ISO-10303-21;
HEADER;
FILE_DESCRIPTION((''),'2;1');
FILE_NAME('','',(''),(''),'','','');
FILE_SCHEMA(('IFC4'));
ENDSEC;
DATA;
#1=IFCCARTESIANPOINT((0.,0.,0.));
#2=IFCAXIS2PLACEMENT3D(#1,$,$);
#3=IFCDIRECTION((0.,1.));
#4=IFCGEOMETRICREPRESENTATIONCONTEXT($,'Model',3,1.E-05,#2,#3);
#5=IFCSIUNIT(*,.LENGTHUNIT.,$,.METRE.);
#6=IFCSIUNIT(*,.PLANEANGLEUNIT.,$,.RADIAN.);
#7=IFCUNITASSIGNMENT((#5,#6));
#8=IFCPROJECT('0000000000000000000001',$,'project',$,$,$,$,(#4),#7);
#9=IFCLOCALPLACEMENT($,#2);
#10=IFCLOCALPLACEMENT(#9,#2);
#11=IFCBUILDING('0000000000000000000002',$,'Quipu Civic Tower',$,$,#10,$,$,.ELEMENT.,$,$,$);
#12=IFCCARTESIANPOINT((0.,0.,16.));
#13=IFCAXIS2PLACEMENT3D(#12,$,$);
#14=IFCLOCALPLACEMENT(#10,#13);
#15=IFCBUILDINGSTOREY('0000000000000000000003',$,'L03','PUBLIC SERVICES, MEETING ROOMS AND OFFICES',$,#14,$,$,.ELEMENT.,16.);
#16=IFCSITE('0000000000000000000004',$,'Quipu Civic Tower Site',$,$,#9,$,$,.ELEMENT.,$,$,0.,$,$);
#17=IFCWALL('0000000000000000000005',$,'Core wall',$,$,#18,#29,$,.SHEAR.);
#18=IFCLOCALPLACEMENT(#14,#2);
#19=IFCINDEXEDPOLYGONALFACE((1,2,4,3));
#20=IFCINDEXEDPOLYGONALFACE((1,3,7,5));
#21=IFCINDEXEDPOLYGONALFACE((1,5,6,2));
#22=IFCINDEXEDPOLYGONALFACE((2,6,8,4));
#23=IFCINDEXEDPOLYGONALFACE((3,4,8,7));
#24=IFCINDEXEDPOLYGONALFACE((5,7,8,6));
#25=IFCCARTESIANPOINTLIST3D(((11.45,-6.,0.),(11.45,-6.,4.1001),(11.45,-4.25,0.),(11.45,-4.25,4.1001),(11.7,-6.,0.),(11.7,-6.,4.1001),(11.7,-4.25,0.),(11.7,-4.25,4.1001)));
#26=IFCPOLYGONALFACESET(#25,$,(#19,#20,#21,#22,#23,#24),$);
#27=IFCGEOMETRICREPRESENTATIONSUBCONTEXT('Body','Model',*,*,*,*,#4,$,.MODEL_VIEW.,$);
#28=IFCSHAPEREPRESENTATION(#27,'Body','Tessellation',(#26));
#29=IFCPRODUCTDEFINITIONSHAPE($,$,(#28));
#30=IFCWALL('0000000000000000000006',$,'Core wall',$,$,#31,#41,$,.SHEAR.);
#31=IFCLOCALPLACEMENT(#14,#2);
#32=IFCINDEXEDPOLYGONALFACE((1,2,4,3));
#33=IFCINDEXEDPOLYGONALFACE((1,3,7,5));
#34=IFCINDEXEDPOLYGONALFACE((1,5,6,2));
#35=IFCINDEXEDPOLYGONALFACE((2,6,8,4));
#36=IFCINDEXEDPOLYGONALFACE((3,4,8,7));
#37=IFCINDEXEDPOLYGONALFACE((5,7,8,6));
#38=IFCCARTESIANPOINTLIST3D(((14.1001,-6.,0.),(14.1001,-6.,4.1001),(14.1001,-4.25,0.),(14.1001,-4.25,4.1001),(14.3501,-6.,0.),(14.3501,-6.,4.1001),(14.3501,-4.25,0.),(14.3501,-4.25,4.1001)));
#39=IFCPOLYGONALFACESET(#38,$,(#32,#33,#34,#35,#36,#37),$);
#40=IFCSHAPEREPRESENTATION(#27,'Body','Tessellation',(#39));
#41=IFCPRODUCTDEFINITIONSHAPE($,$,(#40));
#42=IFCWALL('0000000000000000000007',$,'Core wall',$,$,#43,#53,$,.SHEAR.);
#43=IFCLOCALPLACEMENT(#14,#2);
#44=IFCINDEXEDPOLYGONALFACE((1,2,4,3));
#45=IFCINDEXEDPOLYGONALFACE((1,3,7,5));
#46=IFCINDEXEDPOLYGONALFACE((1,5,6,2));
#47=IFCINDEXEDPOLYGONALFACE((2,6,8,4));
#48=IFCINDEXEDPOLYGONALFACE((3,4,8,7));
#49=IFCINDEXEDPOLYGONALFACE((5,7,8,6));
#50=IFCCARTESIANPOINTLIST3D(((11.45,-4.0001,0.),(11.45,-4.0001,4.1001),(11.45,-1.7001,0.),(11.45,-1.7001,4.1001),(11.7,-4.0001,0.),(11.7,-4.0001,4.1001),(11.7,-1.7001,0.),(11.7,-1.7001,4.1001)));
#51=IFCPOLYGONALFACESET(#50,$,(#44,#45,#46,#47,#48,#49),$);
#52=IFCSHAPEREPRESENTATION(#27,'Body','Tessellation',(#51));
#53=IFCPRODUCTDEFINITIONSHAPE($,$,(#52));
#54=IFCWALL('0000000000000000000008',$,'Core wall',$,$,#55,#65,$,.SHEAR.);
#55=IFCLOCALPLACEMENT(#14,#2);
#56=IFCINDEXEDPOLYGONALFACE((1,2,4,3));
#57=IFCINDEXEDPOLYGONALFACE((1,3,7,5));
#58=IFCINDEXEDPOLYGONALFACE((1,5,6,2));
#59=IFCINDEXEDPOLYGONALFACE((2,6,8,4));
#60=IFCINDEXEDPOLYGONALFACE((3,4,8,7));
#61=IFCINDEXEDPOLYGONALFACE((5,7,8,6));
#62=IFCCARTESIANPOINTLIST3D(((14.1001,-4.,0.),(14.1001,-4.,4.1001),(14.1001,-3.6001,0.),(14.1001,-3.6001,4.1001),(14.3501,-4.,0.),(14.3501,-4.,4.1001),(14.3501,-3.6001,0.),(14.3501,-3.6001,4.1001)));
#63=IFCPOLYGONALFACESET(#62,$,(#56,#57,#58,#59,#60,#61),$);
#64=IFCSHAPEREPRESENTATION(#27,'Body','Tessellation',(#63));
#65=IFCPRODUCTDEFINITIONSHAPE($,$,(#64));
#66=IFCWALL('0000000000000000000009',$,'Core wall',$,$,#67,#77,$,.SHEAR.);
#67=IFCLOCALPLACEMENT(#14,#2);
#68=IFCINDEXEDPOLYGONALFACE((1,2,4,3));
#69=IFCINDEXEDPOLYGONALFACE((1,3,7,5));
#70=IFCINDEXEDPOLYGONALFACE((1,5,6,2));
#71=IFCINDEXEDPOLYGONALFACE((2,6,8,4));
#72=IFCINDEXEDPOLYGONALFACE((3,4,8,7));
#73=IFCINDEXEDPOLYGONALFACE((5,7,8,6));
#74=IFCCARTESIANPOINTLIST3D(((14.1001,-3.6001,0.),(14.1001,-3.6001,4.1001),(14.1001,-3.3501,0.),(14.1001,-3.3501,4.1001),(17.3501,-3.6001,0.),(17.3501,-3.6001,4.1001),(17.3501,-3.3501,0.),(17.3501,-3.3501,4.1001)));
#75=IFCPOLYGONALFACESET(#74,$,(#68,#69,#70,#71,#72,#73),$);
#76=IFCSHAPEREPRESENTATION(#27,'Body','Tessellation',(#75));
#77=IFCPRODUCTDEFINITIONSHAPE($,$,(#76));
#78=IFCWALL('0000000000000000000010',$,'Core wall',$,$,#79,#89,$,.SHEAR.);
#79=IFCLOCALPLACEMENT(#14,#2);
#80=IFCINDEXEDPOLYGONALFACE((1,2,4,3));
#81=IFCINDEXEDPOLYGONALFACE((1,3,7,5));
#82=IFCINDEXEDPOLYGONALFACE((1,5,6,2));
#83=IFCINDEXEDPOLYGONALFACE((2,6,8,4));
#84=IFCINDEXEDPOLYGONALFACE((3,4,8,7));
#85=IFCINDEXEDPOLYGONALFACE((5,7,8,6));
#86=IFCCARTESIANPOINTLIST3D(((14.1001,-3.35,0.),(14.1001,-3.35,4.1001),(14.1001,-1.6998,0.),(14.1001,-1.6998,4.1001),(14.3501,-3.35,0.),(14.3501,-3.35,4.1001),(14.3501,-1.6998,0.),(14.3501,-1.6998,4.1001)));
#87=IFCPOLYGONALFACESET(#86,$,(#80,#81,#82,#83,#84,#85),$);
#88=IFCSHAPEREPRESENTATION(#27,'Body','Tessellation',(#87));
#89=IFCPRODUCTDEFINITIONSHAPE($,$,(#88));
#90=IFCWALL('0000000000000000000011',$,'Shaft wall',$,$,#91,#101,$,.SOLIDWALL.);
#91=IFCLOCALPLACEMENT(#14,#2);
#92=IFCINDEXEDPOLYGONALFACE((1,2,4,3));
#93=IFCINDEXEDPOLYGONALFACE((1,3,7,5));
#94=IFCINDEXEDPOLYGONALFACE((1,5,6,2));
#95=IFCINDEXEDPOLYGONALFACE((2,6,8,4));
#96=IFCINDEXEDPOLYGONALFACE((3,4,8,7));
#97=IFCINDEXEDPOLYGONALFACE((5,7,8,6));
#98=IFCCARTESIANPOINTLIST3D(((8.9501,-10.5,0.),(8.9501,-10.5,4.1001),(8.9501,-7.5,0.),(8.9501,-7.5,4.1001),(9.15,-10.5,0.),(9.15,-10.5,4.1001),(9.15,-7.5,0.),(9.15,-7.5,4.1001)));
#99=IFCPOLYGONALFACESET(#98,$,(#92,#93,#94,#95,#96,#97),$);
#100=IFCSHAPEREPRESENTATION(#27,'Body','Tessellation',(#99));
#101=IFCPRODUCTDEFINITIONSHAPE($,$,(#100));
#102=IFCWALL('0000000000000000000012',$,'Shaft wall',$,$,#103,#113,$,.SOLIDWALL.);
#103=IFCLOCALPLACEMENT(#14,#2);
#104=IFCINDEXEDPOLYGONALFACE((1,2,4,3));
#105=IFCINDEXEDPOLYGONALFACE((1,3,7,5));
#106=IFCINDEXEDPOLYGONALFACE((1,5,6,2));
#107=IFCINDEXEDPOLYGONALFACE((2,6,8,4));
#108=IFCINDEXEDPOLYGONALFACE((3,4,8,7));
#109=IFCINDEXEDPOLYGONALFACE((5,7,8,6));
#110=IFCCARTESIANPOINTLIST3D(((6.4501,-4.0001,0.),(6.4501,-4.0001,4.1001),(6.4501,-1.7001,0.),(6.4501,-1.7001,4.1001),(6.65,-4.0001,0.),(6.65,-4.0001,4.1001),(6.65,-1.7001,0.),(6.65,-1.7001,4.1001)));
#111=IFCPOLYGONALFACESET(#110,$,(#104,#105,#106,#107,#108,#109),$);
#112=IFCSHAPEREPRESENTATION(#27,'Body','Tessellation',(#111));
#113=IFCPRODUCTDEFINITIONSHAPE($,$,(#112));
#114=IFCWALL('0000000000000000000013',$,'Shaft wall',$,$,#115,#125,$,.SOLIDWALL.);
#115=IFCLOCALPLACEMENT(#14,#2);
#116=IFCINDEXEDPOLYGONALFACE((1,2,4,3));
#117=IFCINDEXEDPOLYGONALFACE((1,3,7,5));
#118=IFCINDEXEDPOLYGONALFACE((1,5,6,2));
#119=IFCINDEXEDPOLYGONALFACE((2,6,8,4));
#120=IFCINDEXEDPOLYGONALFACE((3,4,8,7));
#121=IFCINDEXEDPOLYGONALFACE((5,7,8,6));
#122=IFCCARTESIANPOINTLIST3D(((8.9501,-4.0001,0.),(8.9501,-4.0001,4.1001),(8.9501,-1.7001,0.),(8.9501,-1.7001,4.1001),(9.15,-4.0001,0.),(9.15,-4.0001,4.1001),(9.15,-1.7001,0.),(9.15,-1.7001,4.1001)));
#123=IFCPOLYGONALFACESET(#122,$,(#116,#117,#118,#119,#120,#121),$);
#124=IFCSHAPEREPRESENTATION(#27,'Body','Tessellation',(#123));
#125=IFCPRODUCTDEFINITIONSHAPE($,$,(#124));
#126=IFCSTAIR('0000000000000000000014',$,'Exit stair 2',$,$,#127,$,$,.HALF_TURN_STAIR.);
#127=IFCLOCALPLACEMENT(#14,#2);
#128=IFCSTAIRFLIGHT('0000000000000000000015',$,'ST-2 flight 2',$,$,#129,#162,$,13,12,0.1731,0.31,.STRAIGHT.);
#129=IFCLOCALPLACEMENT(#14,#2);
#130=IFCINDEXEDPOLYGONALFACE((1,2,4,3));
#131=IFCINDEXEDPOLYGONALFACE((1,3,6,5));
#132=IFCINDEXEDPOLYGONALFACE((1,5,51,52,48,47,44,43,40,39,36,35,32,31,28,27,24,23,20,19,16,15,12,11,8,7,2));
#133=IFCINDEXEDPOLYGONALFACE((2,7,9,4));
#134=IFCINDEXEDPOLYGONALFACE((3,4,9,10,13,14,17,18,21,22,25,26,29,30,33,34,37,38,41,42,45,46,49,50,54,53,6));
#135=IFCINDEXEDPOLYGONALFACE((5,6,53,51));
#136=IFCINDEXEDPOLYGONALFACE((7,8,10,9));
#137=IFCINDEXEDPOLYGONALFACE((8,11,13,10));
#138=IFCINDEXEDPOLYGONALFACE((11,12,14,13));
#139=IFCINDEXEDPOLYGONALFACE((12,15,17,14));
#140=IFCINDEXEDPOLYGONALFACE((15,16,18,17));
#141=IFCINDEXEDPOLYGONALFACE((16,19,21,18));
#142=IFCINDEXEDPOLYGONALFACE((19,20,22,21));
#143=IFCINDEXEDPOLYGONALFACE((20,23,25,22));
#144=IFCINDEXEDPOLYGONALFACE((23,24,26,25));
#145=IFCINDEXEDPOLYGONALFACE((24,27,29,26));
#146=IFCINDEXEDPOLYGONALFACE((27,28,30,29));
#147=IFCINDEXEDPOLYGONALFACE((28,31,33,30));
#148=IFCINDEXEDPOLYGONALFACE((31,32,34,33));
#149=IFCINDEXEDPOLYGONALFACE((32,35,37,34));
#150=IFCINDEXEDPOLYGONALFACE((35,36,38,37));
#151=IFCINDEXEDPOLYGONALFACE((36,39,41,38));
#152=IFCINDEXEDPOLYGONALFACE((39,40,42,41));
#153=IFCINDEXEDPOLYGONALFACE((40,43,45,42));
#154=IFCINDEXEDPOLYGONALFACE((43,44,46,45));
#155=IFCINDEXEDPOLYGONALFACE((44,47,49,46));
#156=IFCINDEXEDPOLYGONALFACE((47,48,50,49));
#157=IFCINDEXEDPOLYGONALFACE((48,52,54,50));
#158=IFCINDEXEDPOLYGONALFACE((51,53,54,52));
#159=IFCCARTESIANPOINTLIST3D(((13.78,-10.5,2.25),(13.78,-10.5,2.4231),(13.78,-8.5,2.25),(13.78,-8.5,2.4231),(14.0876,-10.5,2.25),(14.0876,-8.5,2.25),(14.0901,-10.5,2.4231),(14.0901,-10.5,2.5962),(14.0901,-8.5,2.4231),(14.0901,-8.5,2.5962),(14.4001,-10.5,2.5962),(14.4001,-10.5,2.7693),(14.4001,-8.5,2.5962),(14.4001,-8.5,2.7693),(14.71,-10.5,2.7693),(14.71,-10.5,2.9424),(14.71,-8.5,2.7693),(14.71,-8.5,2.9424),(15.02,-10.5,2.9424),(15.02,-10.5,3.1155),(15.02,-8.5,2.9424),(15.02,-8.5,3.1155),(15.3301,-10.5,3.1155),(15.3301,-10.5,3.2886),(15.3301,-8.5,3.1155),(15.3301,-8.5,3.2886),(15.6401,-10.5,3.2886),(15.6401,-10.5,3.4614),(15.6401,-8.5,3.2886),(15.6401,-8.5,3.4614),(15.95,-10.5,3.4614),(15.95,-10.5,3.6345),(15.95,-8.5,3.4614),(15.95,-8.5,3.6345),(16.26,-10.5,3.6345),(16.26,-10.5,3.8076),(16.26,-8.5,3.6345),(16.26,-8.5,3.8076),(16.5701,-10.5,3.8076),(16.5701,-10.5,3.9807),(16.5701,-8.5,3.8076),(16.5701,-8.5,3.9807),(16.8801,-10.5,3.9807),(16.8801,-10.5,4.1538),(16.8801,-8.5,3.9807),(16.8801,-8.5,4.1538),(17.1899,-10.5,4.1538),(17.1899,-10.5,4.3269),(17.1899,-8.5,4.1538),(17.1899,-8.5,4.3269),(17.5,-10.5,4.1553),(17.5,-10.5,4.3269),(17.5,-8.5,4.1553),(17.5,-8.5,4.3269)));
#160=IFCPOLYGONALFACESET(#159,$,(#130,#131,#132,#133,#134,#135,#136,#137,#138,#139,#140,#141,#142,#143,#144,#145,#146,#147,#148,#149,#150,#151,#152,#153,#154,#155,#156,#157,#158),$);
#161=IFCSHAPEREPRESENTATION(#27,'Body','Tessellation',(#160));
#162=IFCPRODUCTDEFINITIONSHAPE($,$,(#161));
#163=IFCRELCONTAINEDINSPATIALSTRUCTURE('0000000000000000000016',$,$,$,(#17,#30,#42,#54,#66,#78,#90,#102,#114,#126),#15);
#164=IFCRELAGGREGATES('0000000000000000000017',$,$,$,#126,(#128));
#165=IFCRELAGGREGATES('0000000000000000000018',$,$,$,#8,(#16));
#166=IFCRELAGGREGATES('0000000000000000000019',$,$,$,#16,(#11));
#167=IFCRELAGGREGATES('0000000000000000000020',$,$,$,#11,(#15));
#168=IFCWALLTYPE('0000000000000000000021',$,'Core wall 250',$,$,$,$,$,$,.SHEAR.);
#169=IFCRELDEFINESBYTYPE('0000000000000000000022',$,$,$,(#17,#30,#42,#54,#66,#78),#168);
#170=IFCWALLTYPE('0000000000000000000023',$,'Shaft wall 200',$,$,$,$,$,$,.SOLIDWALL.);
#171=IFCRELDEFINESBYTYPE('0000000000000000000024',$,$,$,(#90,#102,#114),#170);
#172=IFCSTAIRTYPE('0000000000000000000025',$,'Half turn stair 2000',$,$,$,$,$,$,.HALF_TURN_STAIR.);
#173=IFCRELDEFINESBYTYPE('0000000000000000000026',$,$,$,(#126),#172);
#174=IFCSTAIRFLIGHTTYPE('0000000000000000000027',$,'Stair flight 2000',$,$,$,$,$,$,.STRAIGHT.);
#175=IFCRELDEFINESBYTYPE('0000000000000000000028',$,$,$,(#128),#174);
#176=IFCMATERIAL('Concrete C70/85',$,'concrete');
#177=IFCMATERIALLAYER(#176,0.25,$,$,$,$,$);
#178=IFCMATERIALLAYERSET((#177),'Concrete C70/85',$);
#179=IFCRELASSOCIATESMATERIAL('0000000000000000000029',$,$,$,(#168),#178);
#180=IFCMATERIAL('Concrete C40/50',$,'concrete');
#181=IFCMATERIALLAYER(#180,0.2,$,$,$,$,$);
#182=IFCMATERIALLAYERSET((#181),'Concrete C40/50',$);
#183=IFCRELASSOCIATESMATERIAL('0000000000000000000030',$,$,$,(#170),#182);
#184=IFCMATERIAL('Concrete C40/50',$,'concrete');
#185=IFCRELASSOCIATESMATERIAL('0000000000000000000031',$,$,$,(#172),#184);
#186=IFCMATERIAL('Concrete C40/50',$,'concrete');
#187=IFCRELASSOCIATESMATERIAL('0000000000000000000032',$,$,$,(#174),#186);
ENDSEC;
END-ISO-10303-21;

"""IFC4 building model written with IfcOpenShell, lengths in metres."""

from ifc_helpers import new_model, si_unit, direction, frame, frame_2d, origin, place, context, subcontext, project, spatial, polyline, rectangle, outline, extrude, material, layer, layer_set, type_object, element, aggregate, save


model = new_model("IFC4")

# Units and contexts
model_context = context("Model", 3, precision=1e-05, world=origin(), true_north=direction((0.0, 1.0)))
body_context = subcontext(model_context, "Body", "Model", "MODEL_VIEW")
ifc_project = project(units=[si_unit("LENGTHUNIT", "METRE"), si_unit("PLANEANGLEUNIT", "RADIAN")], contexts=[model_context])

# Site, building, storey
site_placement = place(None, origin())
site = spatial("IfcSite", under=ifc_project, at=site_placement, Name="Quipu Civic Tower Site", CompositionType="ELEMENT", RefElevation=0.0)
building_placement = place(site_placement, origin())
building = spatial("IfcBuilding", under=site, at=building_placement, Name="Quipu Civic Tower", CompositionType="ELEMENT")
storey_placement = place(building_placement, frame((0.0, 0.0, 16.0)))
storey = spatial("IfcBuildingStorey", under=building, at=storey_placement, Name="L03", Description="PUBLIC SERVICES, MEETING ROOMS AND OFFICES", CompositionType="ELEMENT", Elevation=16.0)

# Shared definitions
ifc_material_1 = material(Name="Concrete C70/85", Category="concrete")
ifc_layer_1 = layer(ifc_material_1, 0.25)
ifc_layer_set_1 = layer_set([ifc_layer_1], Name="Concrete C70/85")
wall_type_1 = type_object("IfcWallType", Name="Core wall 250", PredefinedType="SHEAR", material=ifc_layer_set_1)

# Walls
for number, where, z_axis, x_axis, name in (
    (1, (11.575, -6.0, 0.0), (0.0, 0.0, 1.0), (0.0, 1.0, 0.0), "Core wall"),
    (2, (14.2251, -6.0, 0.0), (0.0, 0.0, 1.0), (0.0, 1.0, 0.0), "Core wall"),
):
    element("IfcWall", number, at=place(storey_placement, frame(where, z_axis=z_axis, x_axis=x_axis)), inside=storey, type_object=wall_type_1, Name=name, PredefinedType="SHEAR", context=body_context, shape_type="SweptSolid", body=[
        extrude(rectangle(XDim=1.75, YDim=0.25, at=frame_2d((0.875, 0.0))), origin(), (0.0, 0.0, 1.0), 4.1001),
    ])
wall_1_placement = place(storey_placement, frame((11.575, -4.0, 0.0), z_axis=(0.0, 0.0, 1.0), x_axis=(0.0, 1.0, 0.0)))
element("IfcWall", 3, at=wall_1_placement, inside=storey, type_object=wall_type_1, Name="Core wall", PredefinedType="SHEAR", context=body_context, shape_type="SweptSolid", body=[
    extrude(rectangle(XDim=2.3, YDim=0.25, at=frame_2d((1.1499, 0.0))), origin(), (0.0, 0.0, 1.0), 4.1001),
])
wall_2_placement = place(storey_placement, frame((14.2251, -4.0, 0.0), z_axis=(0.0, 0.0, 1.0), x_axis=(0.0, 1.0, 0.0)))
element("IfcWall", 4, at=wall_2_placement, inside=storey, type_object=wall_type_1, Name="Core wall", PredefinedType="SHEAR", context=body_context, shape_type="SweptSolid", body=[
    extrude(rectangle(XDim=0.3999, YDim=0.25, at=frame_2d((0.2, 0.0))), origin(), (0.0, 0.0, 1.0), 4.1001),
])
wall_3_placement = place(storey_placement, frame((14.1001, -3.4751, 0.0), z_axis=(0.0, 0.0, 1.0), x_axis=(1.0, 0.0, 0.0)))
element("IfcWall", 5, at=wall_3_placement, inside=storey, type_object=wall_type_1, Name="Core wall", PredefinedType="SHEAR", context=body_context, shape_type="SweptSolid", body=[
    extrude(rectangle(XDim=3.25, YDim=0.25, at=frame_2d((1.625, 0.0))), origin(), (0.0, 0.0, 1.0), 4.1001),
])
wall_4_placement = place(storey_placement, frame((14.2251, -3.3501, 0.0), z_axis=(0.0, 0.0, 1.0), x_axis=(0.0, 1.0, 0.0)))
element("IfcWall", 6, at=wall_4_placement, inside=storey, type_object=wall_type_1, Name="Core wall", PredefinedType="SHEAR", context=body_context, shape_type="SweptSolid", body=[
    extrude(rectangle(XDim=1.6501, YDim=0.25, at=frame_2d((0.8252, 0.0))), origin(), (0.0, 0.0, 1.0), 4.1001),
])
ifc_material_2 = material(Name="Concrete C40/50", Category="concrete")
ifc_layer_2 = layer(ifc_material_2, 0.2)
ifc_layer_set_2 = layer_set([ifc_layer_2], Name="Concrete C40/50")
wall_type_2 = type_object("IfcWallType", Name="Shaft wall 200", PredefinedType="SOLIDWALL", material=ifc_layer_set_2)
wall_5_placement = place(storey_placement, frame((9.05, -10.5, 0.0), z_axis=(0.0, 0.0, 1.0), x_axis=(0.0, 1.0, 0.0)))
element("IfcWall", 7, at=wall_5_placement, inside=storey, type_object=wall_type_2, Name="Shaft wall", PredefinedType="SOLIDWALL", context=body_context, shape_type="SweptSolid", body=[
    extrude(rectangle(XDim=3.0, YDim=0.2, at=frame_2d((1.5, 0.0))), origin(), (0.0, 0.0, 1.0), 4.1001),
])
for number, where, z_axis, x_axis, name in (
    (8, (6.55, -4.0, 0.0), (0.0, 0.0, 1.0), (0.0, 1.0, 0.0), "Shaft wall"),
    (9, (9.05, -4.0, 0.0), (0.0, 0.0, 1.0), (0.0, 1.0, 0.0), "Shaft wall"),
):
    element("IfcWall", number, at=place(storey_placement, frame(where, z_axis=z_axis, x_axis=x_axis)), inside=storey, type_object=wall_type_2, Name=name, PredefinedType="SOLIDWALL", context=body_context, shape_type="SweptSolid", body=[
        extrude(rectangle(XDim=2.3, YDim=0.2, at=frame_2d((1.1499, 0.0))), origin(), (0.0, 0.0, 1.0), 4.1001),
    ])

# Stair, stair flight
ifc_material_3 = material(Name="Concrete C40/50", Category="concrete")
stair_type = type_object("IfcStairType", Name="Half turn stair 2000", PredefinedType="HALF_TURN_STAIR", material=ifc_material_3)
stair_placement = place(storey_placement, origin())
stair = element("IfcStair", 10, at=stair_placement, inside=storey, type_object=stair_type, Name="Exit stair 2", PredefinedType="HALF_TURN_STAIR")
ifc_material_4 = material(Name="Concrete C40/50", Category="concrete")
stair_flight_type = type_object("IfcStairFlightType", Name="Stair flight 2000", PredefinedType="STRAIGHT", material=ifc_material_4)
stair_flight_placement = place(storey_placement, frame((13.78, -9.5, 2.25), z_axis=(0.0, 0.0, 1.0), x_axis=(1.0, 0.0, 0.0)))
stair_flight = element("IfcStairFlight", 11, at=stair_flight_placement, type_object=stair_flight_type, Name="ST-2 flight 2", NumberOfRisers=13, NumberOfTreads=12, PredefinedType="STRAIGHT", RiserHeight=0.1731, TreadLength=0.31, context=body_context, shape_type="SweptSolid", body=[
    extrude(outline(polyline([(0.0, 0.0), (0.0, 0.1731), (0.3101, 0.1731), (0.3101, 0.3462), (0.6201, 0.3462), (0.6201, 0.5193), (0.9299, 0.5193), (0.9299, 0.6924), (1.24, 0.6924), (1.24, 0.8655), (1.55, 0.8655), (1.55, 1.0386), (1.8601, 1.0386), (1.8601, 1.2114), (2.1699, 1.2114), (2.1699, 1.3845), (2.48, 1.3845), (2.48, 1.5576), (2.79, 1.5576), (2.79, 1.7307), (3.1001, 1.7307), (3.1001, 1.9038), (3.4099, 1.9038), (3.4099, 2.0769), (3.72, 2.0769), (3.72, 2.25), (3.72, 1.9053), (0.3076, 0.0), (0.0, 0.0)])), frame((0.0, 1.0, 0.0), z_axis=(0.0, -1.0, 0.0), x_axis=(1.0, 0.0, 0.0)), (0.0, 0.0, 1.0), 2.0),
])
aggregate(stair, [stair_flight])

save(model, "model.ifc")
